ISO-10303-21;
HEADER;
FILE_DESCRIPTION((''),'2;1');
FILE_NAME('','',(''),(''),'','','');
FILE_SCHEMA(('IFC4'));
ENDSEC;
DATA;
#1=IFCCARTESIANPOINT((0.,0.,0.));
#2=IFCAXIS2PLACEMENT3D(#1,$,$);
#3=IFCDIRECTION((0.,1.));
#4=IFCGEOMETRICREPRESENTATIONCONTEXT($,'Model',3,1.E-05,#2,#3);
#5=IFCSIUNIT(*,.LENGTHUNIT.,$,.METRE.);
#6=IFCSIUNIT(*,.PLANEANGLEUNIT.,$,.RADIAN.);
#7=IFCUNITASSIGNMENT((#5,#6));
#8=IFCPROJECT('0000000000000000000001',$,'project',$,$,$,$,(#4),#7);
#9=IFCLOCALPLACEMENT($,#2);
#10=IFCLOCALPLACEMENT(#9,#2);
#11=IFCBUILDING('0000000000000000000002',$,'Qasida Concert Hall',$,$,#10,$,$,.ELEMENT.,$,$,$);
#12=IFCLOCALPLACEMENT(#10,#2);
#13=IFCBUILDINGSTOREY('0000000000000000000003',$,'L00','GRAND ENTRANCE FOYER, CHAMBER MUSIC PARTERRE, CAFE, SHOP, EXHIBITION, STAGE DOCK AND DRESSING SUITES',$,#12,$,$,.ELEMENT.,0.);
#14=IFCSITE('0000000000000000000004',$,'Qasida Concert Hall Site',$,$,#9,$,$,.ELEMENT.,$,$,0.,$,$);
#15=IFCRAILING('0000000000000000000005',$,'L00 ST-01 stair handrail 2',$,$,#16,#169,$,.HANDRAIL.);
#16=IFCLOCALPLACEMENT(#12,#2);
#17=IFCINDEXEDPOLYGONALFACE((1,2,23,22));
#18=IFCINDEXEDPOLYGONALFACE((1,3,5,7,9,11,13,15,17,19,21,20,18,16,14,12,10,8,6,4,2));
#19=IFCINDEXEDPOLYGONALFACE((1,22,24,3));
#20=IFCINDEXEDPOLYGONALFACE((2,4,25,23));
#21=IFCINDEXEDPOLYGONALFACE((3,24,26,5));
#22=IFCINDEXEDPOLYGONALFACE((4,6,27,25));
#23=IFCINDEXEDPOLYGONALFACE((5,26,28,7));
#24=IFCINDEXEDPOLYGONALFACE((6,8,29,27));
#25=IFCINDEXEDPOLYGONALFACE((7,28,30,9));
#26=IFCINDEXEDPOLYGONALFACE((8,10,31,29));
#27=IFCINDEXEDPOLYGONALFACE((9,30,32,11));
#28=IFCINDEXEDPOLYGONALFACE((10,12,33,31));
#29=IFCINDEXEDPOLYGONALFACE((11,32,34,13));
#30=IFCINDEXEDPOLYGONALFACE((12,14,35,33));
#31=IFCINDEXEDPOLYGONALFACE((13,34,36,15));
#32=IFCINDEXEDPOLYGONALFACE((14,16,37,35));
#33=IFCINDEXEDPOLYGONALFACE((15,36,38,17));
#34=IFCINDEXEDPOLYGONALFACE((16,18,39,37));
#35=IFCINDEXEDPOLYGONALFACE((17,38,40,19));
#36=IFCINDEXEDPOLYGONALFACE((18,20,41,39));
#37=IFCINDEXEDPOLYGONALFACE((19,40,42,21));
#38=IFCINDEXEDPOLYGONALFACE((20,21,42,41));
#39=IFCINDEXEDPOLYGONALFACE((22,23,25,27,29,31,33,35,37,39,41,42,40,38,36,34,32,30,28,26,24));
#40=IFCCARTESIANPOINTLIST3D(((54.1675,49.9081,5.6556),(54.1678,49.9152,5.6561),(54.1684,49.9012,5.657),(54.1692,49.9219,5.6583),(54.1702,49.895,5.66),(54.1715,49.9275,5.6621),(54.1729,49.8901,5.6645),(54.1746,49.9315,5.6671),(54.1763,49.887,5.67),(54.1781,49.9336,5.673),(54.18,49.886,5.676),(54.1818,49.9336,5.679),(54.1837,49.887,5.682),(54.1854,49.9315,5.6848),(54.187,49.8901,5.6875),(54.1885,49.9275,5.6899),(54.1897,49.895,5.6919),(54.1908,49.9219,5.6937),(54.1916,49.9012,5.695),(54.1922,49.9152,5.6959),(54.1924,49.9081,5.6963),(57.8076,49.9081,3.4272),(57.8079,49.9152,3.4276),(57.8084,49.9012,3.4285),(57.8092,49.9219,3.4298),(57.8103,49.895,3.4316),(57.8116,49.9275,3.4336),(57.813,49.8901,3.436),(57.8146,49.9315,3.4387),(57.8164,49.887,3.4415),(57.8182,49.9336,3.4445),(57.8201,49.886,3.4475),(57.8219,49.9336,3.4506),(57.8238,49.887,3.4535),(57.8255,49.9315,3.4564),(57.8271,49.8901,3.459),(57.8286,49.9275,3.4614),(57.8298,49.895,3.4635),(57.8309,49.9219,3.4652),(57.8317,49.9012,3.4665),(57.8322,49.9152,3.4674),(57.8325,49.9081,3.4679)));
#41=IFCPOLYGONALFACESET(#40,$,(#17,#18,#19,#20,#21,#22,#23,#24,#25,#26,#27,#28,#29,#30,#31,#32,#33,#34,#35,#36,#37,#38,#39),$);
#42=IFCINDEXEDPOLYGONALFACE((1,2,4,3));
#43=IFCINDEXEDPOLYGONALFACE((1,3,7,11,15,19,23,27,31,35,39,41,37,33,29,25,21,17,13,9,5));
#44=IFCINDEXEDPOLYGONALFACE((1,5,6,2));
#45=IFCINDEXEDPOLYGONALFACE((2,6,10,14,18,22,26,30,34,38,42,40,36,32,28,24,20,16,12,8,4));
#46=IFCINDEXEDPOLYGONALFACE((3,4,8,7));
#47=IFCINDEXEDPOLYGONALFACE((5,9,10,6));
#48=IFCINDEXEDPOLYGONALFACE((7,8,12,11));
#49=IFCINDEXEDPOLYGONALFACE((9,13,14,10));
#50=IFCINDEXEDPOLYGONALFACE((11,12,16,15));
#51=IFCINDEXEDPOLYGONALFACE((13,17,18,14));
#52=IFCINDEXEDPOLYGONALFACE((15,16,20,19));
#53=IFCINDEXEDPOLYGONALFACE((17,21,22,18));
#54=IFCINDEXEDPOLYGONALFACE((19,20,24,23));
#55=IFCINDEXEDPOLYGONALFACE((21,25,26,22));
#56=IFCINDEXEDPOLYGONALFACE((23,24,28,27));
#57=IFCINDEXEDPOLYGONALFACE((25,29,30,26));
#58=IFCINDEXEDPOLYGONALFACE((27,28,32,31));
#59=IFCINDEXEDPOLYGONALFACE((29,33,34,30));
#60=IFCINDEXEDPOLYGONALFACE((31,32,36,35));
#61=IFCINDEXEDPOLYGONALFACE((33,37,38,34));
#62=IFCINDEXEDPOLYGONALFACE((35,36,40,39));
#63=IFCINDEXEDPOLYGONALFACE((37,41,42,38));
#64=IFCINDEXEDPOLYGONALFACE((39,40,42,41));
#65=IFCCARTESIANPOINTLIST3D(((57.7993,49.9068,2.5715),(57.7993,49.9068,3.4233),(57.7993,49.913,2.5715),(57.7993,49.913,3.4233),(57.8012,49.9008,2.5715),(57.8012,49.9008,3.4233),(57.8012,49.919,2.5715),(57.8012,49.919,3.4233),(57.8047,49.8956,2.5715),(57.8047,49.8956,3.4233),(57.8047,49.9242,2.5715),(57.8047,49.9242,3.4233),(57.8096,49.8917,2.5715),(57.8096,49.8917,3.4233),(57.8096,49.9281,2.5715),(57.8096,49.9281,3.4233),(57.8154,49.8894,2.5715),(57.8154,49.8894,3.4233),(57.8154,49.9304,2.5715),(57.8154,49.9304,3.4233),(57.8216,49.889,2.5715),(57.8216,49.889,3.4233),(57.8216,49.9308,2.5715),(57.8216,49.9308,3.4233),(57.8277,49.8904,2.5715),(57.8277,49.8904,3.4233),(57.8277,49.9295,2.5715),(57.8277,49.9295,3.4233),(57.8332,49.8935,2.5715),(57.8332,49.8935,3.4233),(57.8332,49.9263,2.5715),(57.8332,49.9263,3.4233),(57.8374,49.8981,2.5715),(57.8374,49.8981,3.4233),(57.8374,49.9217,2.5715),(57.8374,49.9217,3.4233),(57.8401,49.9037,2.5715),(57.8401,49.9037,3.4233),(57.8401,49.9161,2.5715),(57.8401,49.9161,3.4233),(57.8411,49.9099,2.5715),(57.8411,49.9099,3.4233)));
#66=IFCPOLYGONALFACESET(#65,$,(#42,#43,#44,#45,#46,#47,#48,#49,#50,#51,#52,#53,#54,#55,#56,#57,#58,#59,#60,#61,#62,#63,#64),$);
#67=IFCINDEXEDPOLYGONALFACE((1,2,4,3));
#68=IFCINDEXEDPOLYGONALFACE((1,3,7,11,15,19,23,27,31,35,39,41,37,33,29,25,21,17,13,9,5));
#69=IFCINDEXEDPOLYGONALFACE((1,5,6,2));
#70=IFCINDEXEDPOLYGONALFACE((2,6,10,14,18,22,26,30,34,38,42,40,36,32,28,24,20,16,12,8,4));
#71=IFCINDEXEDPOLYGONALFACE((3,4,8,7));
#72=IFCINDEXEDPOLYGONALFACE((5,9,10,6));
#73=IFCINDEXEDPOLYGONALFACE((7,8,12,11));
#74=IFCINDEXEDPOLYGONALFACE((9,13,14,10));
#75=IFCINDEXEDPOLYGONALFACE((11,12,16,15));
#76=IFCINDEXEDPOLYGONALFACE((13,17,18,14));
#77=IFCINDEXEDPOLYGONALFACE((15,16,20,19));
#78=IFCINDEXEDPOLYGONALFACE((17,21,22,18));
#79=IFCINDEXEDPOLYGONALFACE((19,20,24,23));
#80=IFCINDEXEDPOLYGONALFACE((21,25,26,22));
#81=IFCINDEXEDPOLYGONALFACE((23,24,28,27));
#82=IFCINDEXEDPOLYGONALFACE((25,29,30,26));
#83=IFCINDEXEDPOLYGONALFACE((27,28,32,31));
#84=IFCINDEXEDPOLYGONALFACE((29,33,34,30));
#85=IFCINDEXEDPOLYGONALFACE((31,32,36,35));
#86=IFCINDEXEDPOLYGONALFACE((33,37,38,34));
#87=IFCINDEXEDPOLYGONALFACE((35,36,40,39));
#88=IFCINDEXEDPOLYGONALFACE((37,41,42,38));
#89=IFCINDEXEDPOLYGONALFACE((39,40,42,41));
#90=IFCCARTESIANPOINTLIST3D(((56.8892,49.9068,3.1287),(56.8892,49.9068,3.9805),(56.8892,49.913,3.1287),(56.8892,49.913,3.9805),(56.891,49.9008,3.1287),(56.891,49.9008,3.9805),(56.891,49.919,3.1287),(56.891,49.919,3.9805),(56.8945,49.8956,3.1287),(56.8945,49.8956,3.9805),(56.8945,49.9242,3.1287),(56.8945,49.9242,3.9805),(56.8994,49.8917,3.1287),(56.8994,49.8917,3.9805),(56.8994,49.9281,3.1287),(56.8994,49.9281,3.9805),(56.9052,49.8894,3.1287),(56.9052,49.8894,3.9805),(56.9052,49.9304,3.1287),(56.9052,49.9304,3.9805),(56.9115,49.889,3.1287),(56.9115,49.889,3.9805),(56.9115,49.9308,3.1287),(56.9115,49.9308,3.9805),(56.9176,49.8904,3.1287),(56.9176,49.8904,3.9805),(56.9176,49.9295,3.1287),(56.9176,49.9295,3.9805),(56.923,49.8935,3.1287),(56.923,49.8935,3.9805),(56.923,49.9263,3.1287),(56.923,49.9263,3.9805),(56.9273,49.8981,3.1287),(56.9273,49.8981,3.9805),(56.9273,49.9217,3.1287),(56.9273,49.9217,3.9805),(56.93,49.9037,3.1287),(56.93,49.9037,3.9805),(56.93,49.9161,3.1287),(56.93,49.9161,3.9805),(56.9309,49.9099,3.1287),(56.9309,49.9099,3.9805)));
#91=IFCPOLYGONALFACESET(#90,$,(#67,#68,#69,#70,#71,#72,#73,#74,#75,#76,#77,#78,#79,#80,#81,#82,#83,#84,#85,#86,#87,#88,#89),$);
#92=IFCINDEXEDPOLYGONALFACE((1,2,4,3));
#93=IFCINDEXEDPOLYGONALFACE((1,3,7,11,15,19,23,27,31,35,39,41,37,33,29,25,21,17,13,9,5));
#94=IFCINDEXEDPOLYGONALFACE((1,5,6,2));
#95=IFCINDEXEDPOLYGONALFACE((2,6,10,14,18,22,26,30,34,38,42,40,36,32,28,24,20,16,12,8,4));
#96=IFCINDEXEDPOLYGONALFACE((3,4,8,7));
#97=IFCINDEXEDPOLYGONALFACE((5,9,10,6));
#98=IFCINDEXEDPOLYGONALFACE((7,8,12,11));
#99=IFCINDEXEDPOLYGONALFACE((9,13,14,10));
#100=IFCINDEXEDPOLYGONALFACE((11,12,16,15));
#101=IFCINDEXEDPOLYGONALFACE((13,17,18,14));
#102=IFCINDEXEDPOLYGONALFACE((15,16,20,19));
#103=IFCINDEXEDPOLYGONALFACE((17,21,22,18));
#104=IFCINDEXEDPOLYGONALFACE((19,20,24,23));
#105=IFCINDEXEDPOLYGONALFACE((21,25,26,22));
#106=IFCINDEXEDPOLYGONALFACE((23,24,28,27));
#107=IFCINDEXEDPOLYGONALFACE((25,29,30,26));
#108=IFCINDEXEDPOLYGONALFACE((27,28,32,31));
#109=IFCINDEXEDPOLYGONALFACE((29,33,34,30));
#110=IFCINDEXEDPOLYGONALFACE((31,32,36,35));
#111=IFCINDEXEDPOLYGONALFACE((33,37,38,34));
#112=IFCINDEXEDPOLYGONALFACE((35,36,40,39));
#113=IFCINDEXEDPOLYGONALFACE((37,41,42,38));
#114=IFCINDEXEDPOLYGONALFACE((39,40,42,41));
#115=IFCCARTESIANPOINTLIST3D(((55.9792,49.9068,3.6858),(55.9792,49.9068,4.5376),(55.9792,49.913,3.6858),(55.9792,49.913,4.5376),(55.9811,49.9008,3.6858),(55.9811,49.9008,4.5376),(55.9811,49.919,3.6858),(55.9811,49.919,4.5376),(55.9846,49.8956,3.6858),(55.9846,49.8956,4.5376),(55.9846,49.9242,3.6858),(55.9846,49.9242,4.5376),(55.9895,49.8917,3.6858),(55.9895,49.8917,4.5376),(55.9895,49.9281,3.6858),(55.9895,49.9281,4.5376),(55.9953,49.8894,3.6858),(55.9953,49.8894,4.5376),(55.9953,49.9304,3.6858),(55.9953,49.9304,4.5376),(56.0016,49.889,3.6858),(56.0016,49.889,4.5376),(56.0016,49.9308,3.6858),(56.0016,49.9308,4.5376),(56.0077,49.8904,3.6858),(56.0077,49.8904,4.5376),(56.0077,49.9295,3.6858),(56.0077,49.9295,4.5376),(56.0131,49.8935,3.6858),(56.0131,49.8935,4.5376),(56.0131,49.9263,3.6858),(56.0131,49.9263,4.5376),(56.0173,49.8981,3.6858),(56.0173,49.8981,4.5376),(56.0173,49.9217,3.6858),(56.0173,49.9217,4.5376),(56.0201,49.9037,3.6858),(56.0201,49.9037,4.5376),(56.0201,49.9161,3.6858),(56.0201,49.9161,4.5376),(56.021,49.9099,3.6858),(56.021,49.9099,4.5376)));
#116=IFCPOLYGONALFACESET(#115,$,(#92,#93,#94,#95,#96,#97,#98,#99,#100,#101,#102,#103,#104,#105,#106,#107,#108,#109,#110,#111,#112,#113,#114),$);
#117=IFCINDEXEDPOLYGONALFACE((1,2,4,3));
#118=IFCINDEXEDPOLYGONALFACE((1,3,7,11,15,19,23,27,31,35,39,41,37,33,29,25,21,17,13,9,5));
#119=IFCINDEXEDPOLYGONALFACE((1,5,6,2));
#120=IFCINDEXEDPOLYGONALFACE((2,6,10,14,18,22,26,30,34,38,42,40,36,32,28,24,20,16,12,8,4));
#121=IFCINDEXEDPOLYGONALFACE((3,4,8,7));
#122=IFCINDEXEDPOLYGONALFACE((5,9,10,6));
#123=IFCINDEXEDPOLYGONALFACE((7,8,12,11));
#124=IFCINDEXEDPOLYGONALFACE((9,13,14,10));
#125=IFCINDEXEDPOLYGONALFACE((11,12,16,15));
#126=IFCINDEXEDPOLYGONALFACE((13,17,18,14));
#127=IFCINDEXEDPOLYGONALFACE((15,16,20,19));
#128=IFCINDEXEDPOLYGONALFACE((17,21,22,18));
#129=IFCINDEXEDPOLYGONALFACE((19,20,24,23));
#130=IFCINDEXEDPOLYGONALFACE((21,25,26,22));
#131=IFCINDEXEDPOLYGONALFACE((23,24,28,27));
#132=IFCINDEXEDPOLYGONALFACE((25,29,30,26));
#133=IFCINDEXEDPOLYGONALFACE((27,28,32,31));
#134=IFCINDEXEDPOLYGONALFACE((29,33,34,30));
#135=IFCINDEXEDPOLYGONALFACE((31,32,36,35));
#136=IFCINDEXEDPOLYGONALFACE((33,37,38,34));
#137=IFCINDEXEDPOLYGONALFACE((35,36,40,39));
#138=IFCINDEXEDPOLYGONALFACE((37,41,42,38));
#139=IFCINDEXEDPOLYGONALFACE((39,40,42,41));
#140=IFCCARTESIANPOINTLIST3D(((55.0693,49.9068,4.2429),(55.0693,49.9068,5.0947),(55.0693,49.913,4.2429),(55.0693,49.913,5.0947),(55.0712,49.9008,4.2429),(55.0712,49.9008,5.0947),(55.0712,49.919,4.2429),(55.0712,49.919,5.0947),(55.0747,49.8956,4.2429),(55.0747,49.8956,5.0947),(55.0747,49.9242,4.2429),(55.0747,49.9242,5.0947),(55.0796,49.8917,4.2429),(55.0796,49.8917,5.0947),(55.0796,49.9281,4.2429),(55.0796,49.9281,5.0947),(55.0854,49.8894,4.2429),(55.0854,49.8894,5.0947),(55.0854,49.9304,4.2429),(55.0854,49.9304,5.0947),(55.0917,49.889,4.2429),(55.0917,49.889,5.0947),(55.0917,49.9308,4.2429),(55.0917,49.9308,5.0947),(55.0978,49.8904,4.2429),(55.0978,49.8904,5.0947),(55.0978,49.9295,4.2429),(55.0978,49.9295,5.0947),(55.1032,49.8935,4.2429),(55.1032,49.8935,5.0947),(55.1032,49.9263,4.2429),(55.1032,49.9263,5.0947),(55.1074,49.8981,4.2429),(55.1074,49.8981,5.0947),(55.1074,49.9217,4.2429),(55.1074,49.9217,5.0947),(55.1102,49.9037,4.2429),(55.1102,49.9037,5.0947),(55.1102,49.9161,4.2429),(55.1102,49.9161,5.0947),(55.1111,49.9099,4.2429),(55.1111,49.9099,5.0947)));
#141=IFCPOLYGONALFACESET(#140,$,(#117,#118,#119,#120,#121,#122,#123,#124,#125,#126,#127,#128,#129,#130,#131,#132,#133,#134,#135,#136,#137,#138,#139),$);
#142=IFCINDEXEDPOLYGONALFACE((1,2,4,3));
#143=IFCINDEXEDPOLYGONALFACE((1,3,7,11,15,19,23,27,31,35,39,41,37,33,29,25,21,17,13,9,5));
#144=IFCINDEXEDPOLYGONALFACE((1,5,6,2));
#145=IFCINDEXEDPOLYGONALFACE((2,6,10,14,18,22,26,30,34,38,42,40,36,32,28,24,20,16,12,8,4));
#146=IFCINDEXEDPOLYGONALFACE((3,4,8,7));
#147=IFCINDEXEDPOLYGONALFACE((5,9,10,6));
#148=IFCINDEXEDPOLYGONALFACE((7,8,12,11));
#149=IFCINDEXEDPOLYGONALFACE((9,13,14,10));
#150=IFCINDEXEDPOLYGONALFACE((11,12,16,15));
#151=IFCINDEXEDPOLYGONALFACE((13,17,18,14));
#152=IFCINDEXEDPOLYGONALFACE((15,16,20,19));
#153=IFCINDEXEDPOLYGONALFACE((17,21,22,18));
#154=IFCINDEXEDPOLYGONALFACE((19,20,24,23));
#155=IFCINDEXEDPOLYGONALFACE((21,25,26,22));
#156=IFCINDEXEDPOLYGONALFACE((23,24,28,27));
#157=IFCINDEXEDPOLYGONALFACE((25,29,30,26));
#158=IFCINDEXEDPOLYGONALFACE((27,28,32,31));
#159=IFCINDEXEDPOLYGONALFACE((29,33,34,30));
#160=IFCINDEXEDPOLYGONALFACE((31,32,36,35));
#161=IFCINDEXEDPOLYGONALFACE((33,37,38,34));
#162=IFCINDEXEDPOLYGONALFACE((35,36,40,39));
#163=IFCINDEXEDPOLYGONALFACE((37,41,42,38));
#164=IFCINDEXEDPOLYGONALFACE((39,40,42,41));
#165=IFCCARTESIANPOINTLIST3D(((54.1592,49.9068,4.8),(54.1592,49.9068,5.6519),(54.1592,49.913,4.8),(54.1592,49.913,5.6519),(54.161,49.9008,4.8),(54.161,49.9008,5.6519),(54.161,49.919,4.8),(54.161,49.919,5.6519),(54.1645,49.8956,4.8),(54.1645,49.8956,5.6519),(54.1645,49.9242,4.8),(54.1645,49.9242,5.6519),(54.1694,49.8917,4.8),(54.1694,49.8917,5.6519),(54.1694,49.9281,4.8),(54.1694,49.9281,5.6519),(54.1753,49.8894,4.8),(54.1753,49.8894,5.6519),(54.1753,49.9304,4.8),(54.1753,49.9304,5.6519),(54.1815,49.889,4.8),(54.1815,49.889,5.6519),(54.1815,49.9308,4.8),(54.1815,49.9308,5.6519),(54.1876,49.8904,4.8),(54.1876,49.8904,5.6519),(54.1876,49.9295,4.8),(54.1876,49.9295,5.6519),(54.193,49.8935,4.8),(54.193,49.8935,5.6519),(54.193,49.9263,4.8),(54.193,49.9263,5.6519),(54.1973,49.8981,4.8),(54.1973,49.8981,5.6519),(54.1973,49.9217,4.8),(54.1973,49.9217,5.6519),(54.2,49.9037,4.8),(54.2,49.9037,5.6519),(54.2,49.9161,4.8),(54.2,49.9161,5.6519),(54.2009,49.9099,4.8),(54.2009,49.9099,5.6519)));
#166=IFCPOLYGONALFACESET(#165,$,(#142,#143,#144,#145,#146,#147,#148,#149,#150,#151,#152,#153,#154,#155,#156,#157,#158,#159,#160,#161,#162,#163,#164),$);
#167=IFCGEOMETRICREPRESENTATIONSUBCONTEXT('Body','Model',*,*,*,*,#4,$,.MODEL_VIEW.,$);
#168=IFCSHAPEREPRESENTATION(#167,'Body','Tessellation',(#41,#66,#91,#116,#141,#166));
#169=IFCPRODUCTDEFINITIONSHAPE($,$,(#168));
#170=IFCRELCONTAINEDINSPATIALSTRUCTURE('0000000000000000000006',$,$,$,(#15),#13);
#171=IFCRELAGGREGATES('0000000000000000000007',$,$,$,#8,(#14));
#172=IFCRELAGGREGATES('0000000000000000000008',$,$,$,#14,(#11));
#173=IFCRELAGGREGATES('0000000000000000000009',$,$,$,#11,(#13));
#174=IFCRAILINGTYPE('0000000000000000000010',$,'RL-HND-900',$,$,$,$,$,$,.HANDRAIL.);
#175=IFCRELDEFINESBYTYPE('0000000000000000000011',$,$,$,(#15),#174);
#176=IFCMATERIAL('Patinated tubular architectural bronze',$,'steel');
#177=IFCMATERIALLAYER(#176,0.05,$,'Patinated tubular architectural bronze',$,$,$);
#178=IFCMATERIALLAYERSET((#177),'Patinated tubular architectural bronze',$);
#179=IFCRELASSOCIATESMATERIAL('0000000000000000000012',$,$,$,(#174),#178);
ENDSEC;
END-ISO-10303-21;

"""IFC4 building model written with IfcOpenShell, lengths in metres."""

from ifc_helpers import new_model, si_unit, direction, frame, origin, origin_2d, place, context, subcontext, project, spatial, circle, extrude, material, layer, layer_set, type_object, element, save


model = new_model("IFC4")

# Units and contexts
model_context = context("Model", 3, precision=1e-05, world=origin(), true_north=direction((0.0, 1.0)))
body_context = subcontext(model_context, "Body", "Model", "MODEL_VIEW")
ifc_project = project(units=[si_unit("LENGTHUNIT", "METRE"), si_unit("PLANEANGLEUNIT", "RADIAN")], contexts=[model_context])

# Site, building, storey
site_placement = place(None, origin())
site = spatial("IfcSite", under=ifc_project, at=site_placement, Name="Qasida Concert Hall Site", CompositionType="ELEMENT", RefElevation=0.0)
building_placement = place(site_placement, origin())
building = spatial("IfcBuilding", under=site, at=building_placement, Name="Qasida Concert Hall", CompositionType="ELEMENT")
storey_placement = place(building_placement, origin())
storey = spatial("IfcBuildingStorey", under=building, at=storey_placement, Name="L00", Description="GRAND ENTRANCE FOYER, CHAMBER MUSIC PARTERRE, CAFE, SHOP, EXHIBITION, STAGE DOCK AND DRESSING SUITES", CompositionType="ELEMENT", Elevation=0.0)

# Railing
ifc_material_1 = material(Name="Patinated tubular architectural bronze", Category="steel")
ifc_layer_1 = layer(ifc_material_1, 0.05, Name="Patinated tubular architectural bronze")
ifc_layer_set_1 = layer_set([ifc_layer_1], Name="Patinated tubular architectural bronze")
railing_type_1 = type_object("IfcRailingType", Name="RL-HND-900", PredefinedType="HANDRAIL", material=ifc_layer_set_1)
railing_1_placement = place(storey_placement, frame((57.8201, 49.9099, 2.5715)))
element("IfcRailing", 1, at=railing_1_placement, inside=storey, type_object=railing_type_1, Name="L00 ST-01 stair handrail 2", PredefinedType="HANDRAIL", context=body_context, shape_type="SweptSolid", body=[
    extrude(circle(Radius=0.0239, at=origin_2d()), frame((0.0, 0.0, 0.876), z_axis=(-0.852866, 0.0, 0.52213), x_axis=(0.0, -1.0, 0.0)), (0.0, 0.0, 1.0), 4.2681),
    extrude(circle(Radius=0.021, at=origin_2d()), origin(), (0.0, 0.0, 1.0), 0.8518),
    extrude(circle(Radius=0.021, at=origin_2d()), frame((-0.9102, 0.0, 0.5571)), (0.0, 0.0, 1.0), 0.8518),
    extrude(circle(Radius=0.021, at=origin_2d()), frame((-1.8201, 0.0, 1.1143)), (0.0, 0.0, 1.0), 0.8518),
    extrude(circle(Radius=0.021, at=origin_2d()), frame((-2.73, 0.0, 1.6714)), (0.0, 0.0, 1.0), 0.8518),
    extrude(circle(Radius=0.021, at=origin_2d()), frame((-3.6401, 0.0, 2.2285)), (0.0, 0.0, 1.0), 0.8518),
])

save(model, "model.ifc")
